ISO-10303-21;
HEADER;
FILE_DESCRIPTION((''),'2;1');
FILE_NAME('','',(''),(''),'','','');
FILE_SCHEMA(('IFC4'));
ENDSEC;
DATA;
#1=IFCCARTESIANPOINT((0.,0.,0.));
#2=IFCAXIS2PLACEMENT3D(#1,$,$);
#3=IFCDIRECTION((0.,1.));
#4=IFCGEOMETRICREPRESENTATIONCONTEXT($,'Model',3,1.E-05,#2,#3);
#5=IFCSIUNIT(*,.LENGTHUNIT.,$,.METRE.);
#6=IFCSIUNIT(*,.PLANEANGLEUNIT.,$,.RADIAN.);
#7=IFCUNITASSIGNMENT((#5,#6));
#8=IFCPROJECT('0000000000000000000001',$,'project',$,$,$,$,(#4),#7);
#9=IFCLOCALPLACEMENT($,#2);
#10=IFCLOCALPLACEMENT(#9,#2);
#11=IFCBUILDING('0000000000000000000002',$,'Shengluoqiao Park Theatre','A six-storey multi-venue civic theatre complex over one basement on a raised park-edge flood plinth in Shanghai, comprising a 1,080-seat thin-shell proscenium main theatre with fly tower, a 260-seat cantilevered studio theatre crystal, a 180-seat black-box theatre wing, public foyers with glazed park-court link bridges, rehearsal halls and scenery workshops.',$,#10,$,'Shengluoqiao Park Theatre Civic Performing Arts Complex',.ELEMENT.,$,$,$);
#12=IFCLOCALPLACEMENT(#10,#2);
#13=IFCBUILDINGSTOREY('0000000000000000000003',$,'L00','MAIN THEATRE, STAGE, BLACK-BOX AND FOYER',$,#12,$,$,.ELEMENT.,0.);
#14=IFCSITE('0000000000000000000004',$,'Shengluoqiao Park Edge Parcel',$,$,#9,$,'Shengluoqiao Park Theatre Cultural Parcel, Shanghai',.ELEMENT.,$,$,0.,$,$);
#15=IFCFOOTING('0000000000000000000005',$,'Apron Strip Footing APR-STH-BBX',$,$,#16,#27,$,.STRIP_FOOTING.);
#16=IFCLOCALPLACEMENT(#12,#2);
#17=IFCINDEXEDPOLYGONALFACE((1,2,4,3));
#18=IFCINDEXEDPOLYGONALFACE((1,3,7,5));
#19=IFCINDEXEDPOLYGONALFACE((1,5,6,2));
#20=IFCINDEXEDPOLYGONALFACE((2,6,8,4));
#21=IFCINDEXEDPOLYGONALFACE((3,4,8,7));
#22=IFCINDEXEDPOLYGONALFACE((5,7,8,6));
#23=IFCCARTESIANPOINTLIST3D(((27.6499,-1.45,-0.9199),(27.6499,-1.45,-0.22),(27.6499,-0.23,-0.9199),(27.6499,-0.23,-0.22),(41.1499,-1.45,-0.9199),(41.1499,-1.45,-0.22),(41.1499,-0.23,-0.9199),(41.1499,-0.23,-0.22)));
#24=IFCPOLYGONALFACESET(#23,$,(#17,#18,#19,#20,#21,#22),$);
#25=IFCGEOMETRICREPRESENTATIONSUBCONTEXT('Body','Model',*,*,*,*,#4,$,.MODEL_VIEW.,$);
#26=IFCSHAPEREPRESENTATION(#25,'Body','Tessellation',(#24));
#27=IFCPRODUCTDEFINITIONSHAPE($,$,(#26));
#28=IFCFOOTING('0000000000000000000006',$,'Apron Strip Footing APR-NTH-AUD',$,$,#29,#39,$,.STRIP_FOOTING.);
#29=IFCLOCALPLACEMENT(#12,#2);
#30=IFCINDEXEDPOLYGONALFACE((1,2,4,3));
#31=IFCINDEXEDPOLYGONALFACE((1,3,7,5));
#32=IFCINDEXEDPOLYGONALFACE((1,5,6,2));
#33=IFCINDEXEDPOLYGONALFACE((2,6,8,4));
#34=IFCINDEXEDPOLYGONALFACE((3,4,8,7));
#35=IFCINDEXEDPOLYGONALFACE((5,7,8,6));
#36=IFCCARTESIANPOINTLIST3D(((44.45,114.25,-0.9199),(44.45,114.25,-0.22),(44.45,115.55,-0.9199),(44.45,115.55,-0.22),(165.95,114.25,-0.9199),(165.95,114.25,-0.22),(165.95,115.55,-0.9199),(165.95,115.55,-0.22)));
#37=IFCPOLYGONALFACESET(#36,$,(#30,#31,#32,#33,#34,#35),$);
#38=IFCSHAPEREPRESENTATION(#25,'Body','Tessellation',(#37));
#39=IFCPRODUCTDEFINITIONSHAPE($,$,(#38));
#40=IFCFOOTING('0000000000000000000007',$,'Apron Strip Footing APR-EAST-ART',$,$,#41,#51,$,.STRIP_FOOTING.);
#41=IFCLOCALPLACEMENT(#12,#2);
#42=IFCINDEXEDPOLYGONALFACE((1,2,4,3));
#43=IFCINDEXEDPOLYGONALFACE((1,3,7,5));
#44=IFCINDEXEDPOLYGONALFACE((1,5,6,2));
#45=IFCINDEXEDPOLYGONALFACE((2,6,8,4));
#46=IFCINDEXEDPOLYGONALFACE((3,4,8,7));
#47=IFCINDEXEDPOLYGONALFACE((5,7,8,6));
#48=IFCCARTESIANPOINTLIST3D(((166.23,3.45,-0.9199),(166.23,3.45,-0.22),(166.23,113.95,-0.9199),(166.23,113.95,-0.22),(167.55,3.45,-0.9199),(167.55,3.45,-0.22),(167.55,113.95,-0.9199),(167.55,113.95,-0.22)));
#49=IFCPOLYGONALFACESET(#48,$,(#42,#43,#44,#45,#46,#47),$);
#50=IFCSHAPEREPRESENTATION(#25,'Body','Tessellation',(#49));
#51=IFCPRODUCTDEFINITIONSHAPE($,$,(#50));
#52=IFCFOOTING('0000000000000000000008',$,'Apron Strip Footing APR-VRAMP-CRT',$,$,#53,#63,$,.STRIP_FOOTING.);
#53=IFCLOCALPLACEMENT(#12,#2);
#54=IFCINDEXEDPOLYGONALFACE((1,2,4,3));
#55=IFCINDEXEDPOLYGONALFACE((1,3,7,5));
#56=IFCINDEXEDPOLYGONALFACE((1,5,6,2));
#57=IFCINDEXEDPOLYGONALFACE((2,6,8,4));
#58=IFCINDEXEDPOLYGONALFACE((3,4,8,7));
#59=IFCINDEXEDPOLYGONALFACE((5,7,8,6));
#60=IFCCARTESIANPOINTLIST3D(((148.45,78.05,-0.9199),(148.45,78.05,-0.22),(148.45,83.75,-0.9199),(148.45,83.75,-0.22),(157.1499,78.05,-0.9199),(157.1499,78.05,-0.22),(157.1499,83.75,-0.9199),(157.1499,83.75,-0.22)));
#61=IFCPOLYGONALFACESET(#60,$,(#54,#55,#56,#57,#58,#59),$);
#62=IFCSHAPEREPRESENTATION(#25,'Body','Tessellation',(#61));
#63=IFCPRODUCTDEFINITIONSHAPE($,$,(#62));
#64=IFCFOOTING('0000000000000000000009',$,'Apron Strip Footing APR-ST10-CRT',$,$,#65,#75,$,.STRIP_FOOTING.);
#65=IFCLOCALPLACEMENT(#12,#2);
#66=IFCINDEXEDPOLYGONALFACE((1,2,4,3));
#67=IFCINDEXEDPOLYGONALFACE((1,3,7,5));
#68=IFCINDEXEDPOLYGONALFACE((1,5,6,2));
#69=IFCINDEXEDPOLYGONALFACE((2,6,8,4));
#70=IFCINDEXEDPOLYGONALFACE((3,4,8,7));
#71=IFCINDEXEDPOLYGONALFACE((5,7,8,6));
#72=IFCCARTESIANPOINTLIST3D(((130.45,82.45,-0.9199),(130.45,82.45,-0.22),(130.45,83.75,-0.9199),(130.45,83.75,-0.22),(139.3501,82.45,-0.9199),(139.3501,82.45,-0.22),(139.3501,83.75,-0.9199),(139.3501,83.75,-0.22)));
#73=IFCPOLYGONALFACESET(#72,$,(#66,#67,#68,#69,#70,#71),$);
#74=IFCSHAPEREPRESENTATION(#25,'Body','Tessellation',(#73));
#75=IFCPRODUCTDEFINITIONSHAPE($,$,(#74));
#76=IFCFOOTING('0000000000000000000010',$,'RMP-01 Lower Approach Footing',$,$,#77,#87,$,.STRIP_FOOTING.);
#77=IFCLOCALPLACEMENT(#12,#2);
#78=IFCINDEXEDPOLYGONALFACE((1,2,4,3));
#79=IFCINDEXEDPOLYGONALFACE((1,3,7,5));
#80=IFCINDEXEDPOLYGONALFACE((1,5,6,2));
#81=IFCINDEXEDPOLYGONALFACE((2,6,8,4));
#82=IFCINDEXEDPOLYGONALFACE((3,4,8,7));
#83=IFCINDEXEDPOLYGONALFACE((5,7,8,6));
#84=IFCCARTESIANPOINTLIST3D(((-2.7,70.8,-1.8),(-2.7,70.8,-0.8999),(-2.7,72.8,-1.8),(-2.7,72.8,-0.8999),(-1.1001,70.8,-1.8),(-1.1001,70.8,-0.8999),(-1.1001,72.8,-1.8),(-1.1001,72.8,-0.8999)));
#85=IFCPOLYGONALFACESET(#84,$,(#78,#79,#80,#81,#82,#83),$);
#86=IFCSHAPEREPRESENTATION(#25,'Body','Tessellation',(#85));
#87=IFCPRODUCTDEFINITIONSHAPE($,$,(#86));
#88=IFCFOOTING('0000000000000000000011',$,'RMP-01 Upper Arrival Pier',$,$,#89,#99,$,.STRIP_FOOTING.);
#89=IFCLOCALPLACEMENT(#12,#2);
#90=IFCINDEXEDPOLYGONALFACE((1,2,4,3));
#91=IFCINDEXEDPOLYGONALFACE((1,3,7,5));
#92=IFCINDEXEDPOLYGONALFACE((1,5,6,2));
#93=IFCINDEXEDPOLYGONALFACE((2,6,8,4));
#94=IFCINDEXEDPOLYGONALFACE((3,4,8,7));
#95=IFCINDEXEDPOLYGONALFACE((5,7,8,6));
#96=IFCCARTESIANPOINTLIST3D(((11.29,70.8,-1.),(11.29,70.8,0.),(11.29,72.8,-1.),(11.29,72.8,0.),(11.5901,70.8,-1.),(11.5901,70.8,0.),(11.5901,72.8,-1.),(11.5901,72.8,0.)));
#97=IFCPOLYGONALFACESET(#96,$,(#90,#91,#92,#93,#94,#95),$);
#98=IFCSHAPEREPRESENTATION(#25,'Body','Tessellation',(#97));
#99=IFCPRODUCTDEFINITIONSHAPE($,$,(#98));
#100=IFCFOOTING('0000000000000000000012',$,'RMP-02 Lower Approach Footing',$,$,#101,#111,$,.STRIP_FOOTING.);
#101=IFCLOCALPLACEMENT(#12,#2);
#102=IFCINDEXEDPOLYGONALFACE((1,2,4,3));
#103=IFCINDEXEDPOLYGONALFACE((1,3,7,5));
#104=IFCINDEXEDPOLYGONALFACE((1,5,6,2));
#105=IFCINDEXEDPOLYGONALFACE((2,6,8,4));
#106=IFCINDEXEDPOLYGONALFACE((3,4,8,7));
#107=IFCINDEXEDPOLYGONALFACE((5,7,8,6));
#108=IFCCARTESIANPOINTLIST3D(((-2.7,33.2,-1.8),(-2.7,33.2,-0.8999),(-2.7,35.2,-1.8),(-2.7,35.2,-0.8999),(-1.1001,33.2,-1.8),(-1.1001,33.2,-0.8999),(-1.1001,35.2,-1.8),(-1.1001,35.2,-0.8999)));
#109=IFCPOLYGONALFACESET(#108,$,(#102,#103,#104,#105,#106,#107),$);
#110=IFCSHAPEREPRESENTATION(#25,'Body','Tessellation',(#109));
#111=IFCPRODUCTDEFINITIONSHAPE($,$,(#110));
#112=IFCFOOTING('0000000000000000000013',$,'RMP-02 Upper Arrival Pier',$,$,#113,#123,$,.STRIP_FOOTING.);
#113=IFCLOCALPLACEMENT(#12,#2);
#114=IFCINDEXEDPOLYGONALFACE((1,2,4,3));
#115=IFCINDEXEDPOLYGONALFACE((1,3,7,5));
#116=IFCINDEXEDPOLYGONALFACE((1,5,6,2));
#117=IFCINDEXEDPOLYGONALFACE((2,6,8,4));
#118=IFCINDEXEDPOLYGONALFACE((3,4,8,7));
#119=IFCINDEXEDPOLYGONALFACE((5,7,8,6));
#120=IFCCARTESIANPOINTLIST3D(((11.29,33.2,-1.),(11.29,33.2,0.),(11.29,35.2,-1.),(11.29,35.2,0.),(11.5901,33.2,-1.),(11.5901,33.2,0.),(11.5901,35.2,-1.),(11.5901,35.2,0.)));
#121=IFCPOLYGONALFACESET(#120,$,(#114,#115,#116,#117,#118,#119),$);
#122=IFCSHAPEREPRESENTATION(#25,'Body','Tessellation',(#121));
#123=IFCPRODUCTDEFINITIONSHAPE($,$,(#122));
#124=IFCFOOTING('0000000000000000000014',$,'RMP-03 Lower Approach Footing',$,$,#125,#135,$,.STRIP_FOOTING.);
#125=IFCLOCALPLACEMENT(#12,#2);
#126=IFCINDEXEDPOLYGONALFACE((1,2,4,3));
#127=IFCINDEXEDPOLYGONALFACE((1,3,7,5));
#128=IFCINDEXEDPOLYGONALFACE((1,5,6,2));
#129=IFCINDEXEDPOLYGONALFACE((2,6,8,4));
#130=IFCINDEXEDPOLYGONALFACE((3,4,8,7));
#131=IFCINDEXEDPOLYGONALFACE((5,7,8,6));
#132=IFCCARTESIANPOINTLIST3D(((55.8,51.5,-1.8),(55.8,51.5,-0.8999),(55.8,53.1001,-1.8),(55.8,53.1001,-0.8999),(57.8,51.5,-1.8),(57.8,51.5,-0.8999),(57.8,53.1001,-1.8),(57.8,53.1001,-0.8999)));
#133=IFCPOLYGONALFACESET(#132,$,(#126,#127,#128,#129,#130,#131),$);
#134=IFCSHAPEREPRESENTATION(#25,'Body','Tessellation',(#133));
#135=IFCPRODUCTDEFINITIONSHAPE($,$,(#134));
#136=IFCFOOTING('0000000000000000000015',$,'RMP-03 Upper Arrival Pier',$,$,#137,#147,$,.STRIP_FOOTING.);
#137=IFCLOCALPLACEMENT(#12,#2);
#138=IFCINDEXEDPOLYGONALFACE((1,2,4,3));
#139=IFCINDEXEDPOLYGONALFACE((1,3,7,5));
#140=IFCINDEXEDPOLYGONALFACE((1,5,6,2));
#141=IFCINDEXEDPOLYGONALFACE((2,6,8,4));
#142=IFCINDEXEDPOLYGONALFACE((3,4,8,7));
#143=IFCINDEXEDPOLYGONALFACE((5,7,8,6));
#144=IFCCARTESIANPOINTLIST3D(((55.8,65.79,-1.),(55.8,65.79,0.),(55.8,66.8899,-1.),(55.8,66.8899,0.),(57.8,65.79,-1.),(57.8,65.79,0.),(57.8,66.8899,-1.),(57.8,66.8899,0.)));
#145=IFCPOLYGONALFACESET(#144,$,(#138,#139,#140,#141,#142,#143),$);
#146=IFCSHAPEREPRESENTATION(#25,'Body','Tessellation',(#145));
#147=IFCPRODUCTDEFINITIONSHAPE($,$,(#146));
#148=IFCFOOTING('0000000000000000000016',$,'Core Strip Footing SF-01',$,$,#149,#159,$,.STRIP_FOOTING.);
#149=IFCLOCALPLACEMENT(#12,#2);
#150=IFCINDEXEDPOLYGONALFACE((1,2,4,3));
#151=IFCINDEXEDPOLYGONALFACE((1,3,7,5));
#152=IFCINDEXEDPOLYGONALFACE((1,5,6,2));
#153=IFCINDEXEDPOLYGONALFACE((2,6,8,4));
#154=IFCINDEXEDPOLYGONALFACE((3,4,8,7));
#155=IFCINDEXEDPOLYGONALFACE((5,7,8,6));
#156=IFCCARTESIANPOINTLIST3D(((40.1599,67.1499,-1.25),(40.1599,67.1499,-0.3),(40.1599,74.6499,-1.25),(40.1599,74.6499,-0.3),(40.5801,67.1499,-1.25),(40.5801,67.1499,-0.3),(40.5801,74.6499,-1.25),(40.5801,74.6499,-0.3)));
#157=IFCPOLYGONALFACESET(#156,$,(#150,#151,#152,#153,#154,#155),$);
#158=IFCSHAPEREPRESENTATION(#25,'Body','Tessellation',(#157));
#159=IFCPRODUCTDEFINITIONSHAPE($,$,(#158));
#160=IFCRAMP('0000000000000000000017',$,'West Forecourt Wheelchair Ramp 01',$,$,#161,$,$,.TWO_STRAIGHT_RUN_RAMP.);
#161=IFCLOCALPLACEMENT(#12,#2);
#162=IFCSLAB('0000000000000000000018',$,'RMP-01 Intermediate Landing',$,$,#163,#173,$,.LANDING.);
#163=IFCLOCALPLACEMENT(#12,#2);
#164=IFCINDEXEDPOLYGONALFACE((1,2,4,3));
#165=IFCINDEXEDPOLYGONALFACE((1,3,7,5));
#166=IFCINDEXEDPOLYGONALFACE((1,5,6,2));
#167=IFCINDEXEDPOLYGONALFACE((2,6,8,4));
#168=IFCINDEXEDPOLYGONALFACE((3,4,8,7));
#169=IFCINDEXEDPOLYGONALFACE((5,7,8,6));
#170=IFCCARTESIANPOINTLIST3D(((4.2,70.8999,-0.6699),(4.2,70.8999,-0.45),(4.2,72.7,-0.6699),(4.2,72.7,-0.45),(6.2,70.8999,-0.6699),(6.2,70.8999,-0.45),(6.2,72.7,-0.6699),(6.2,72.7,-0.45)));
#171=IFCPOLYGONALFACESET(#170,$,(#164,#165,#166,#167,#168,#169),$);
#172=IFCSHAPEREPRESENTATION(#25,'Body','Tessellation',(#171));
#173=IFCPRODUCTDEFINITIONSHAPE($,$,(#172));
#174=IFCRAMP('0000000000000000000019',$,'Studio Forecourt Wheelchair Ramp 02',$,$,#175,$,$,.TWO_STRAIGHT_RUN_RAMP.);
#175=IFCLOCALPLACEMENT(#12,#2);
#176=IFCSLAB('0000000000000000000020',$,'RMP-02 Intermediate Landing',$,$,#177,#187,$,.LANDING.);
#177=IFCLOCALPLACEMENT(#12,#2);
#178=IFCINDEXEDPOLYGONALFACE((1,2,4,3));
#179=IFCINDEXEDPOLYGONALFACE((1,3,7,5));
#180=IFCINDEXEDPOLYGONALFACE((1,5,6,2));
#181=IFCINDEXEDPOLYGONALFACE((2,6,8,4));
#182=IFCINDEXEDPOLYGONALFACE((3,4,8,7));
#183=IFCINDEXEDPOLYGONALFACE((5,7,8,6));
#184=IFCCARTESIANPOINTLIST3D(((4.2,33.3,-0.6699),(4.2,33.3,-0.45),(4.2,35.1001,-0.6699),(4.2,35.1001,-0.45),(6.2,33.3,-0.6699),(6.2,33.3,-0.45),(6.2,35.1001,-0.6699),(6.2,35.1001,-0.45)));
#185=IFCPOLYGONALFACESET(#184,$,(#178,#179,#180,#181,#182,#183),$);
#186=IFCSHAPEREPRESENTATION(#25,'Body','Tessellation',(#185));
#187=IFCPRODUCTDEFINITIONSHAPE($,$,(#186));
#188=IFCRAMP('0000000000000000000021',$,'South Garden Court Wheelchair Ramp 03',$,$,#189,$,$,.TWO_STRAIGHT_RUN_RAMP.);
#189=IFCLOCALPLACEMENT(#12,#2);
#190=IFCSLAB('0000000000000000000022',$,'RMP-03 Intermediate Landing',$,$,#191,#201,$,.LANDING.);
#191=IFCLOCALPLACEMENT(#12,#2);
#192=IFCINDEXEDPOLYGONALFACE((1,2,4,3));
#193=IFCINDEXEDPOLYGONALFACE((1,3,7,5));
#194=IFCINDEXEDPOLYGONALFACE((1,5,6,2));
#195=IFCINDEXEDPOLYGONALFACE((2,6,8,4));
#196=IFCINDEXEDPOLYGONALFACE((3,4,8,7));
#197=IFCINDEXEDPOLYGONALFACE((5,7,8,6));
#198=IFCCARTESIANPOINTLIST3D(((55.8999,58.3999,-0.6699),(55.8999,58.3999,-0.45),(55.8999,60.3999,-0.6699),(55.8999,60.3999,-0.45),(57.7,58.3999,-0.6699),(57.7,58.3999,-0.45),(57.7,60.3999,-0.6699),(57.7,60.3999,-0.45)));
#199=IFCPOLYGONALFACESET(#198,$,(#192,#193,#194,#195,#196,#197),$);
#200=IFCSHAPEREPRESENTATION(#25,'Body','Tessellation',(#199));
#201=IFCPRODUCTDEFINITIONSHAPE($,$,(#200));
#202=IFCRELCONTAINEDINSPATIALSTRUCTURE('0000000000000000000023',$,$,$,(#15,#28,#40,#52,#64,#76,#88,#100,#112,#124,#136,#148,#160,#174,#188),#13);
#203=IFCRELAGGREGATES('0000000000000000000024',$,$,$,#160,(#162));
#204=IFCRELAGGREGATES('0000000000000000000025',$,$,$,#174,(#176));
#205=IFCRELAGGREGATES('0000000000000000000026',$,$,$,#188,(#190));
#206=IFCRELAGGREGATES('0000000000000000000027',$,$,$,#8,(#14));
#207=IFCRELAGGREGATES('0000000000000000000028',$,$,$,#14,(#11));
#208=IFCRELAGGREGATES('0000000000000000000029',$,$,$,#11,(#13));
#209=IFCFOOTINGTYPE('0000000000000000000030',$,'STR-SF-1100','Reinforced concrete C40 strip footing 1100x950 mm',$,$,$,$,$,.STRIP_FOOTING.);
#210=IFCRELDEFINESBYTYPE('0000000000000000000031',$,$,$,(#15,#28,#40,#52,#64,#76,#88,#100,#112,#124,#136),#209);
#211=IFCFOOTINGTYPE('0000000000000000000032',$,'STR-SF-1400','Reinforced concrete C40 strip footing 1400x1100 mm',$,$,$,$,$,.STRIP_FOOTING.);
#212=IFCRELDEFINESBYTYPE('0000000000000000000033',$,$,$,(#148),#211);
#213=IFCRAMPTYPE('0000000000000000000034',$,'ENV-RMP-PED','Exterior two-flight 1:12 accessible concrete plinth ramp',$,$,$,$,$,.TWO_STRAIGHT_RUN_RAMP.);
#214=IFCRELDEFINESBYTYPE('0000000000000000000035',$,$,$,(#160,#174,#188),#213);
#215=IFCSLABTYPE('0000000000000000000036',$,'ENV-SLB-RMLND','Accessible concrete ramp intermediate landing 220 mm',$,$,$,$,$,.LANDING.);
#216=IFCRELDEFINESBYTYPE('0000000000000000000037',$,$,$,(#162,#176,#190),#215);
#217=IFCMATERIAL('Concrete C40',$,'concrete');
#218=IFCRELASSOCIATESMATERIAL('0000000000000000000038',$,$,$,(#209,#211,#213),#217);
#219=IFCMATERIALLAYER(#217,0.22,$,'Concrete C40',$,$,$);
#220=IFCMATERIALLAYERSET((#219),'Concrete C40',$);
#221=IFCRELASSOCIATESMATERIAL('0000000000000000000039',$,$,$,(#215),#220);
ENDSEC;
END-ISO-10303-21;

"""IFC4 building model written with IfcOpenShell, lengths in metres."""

from ifc_helpers import new_model, si_unit, direction, frame, origin, place, context, subcontext, project, spatial, polyline, outline, extrude, material, layer, layer_set, type_object, element, aggregate, save


model = new_model("IFC4")

# Units and contexts
model_context = context("Model", 3, precision=1e-05, world=origin(), true_north=direction((0.0, 1.0)))
body_context = subcontext(model_context, "Body", "Model", "MODEL_VIEW")
ifc_project = project(units=[si_unit("LENGTHUNIT", "METRE"), si_unit("PLANEANGLEUNIT", "RADIAN")], contexts=[model_context])

# Site, building, storey
site_placement = place(None, origin())
site = spatial("IfcSite", under=ifc_project, at=site_placement, Name="Shengluoqiao Park Edge Parcel", LongName="Shengluoqiao Park Theatre Cultural Parcel, Shanghai", CompositionType="ELEMENT", RefElevation=0.0)
building_placement = place(site_placement, origin())
building = spatial("IfcBuilding", under=site, at=building_placement, Name="Shengluoqiao Park Theatre", Description="A six-storey multi-venue civic theatre complex over one basement on a raised park-edge flood plinth in Shanghai, comprising a 1,080-seat thin-shell proscenium main theatre with fly tower, a 260-seat cantilevered studio theatre crystal, a 180-seat black-box theatre wing, public foyers with glazed park-court link bridges, rehearsal halls and scenery workshops.", LongName="Shengluoqiao Park Theatre Civic Performing Arts Complex", CompositionType="ELEMENT")
storey_placement = place(building_placement, origin())
storey = spatial("IfcBuildingStorey", under=building, at=storey_placement, Name="L00", Description="MAIN THEATRE, STAGE, BLACK-BOX AND FOYER", CompositionType="ELEMENT", Elevation=0.0)

# Footings
ifc_material = material(Name="Concrete C40", Category="concrete")
footing_type_1 = type_object("IfcFootingType", Name="STR-SF-1100", Description="Reinforced concrete C40 strip footing 1100x950 mm", PredefinedType="STRIP_FOOTING", material=ifc_material)
footing_1_placement = place(storey_placement, frame((0.0, 0.0, -0.9199)))
element("IfcFooting", 1, at=footing_1_placement, inside=storey, type_object=footing_type_1, Name="Apron Strip Footing APR-STH-BBX", PredefinedType="STRIP_FOOTING", context=body_context, shape_type="SweptSolid", body=[
    extrude(outline(polyline([(27.6499, -1.45), (41.1499, -1.45), (41.1499, -0.23), (27.6499, -0.23), (27.6499, -1.45)])), origin(), (0.0, 0.0, 1.0), 0.7),
])
footing_2_placement = place(storey_placement, frame((0.0, 0.0, -0.9199)))
element("IfcFooting", 2, at=footing_2_placement, inside=storey, type_object=footing_type_1, Name="Apron Strip Footing APR-NTH-AUD", PredefinedType="STRIP_FOOTING", context=body_context, shape_type="SweptSolid", body=[
    extrude(outline(polyline([(44.45, 114.25), (165.95, 114.25), (165.95, 115.55), (44.45, 115.55), (44.45, 114.25)])), origin(), (0.0, 0.0, 1.0), 0.7),
])
footing_3_placement = place(storey_placement, frame((0.0, 0.0, -0.9199)))
element("IfcFooting", 3, at=footing_3_placement, inside=storey, type_object=footing_type_1, Name="Apron Strip Footing APR-EAST-ART", PredefinedType="STRIP_FOOTING", context=body_context, shape_type="SweptSolid", body=[
    extrude(outline(polyline([(166.23, 3.45), (167.55, 3.45), (167.55, 113.95), (166.23, 113.95), (166.23, 3.45)])), origin(), (0.0, 0.0, 1.0), 0.7),
])
footing_4_placement = place(storey_placement, frame((0.0, 0.0, -0.9199)))
element("IfcFooting", 4, at=footing_4_placement, inside=storey, type_object=footing_type_1, Name="Apron Strip Footing APR-VRAMP-CRT", PredefinedType="STRIP_FOOTING", context=body_context, shape_type="SweptSolid", body=[
    extrude(outline(polyline([(148.45, 78.05), (157.1499, 78.05), (157.1499, 83.75), (148.45, 83.75), (148.45, 78.05)])), origin(), (0.0, 0.0, 1.0), 0.7),
])
footing_5_placement = place(storey_placement, frame((0.0, 0.0, -0.9199)))
element("IfcFooting", 5, at=footing_5_placement, inside=storey, type_object=footing_type_1, Name="Apron Strip Footing APR-ST10-CRT", PredefinedType="STRIP_FOOTING", context=body_context, shape_type="SweptSolid", body=[
    extrude(outline(polyline([(130.45, 82.45), (139.3501, 82.45), (139.3501, 83.75), (130.45, 83.75), (130.45, 82.45)])), origin(), (0.0, 0.0, 1.0), 0.7),
])
footing_6_placement = place(storey_placement, frame((0.0, 0.0, -1.8)))
element("IfcFooting", 6, at=footing_6_placement, inside=storey, type_object=footing_type_1, Name="RMP-01 Lower Approach Footing", PredefinedType="STRIP_FOOTING", context=body_context, shape_type="SweptSolid", body=[
    extrude(outline(polyline([(-2.7, 70.8), (-1.1001, 70.8), (-1.1001, 72.8), (-2.7, 72.8), (-2.7, 70.8)])), origin(), (0.0, 0.0, 1.0), 0.9001),
])
footing_7_placement = place(storey_placement, frame((0.0, 0.0, -1.0)))
element("IfcFooting", 7, at=footing_7_placement, inside=storey, type_object=footing_type_1, Name="RMP-01 Upper Arrival Pier", PredefinedType="STRIP_FOOTING", context=body_context, shape_type="SweptSolid", body=[
    extrude(outline(polyline([(11.5901, 70.8), (11.29, 70.8), (11.29, 72.8), (11.5901, 72.8), (11.5901, 70.8)])), origin(), (0.0, 0.0, 1.0), 1.0),
])
footing_8_placement = place(storey_placement, frame((0.0, 0.0, -1.8)))
element("IfcFooting", 8, at=footing_8_placement, inside=storey, type_object=footing_type_1, Name="RMP-02 Lower Approach Footing", PredefinedType="STRIP_FOOTING", context=body_context, shape_type="SweptSolid", body=[
    extrude(outline(polyline([(-2.7, 33.2), (-1.1001, 33.2), (-1.1001, 35.2), (-2.7, 35.2), (-2.7, 33.2)])), origin(), (0.0, 0.0, 1.0), 0.9001),
])
footing_9_placement = place(storey_placement, frame((0.0, 0.0, -1.0)))
element("IfcFooting", 9, at=footing_9_placement, inside=storey, type_object=footing_type_1, Name="RMP-02 Upper Arrival Pier", PredefinedType="STRIP_FOOTING", context=body_context, shape_type="SweptSolid", body=[
    extrude(outline(polyline([(11.5901, 33.2), (11.29, 33.2), (11.29, 35.2), (11.5901, 35.2), (11.5901, 33.2)])), origin(), (0.0, 0.0, 1.0), 1.0),
])
footing_10_placement = place(storey_placement, frame((0.0, 0.0, -1.8)))
element("IfcFooting", 10, at=footing_10_placement, inside=storey, type_object=footing_type_1, Name="RMP-03 Lower Approach Footing", PredefinedType="STRIP_FOOTING", context=body_context, shape_type="SweptSolid", body=[
    extrude(outline(polyline([(55.8, 51.5), (57.8, 51.5), (57.8, 53.1001), (55.8, 53.1001), (55.8, 51.5)])), origin(), (0.0, 0.0, 1.0), 0.9001),
])
footing_11_placement = place(storey_placement, frame((0.0, 0.0, -1.0)))
element("IfcFooting", 11, at=footing_11_placement, inside=storey, type_object=footing_type_1, Name="RMP-03 Upper Arrival Pier", PredefinedType="STRIP_FOOTING", context=body_context, shape_type="SweptSolid", body=[
    extrude(outline(polyline([(55.8, 65.79), (57.8, 65.79), (57.8, 66.8899), (55.8, 66.8899), (55.8, 65.79)])), origin(), (0.0, 0.0, 1.0), 1.0),
])
footing_type_2 = type_object("IfcFootingType", Name="STR-SF-1400", Description="Reinforced concrete C40 strip footing 1400x1100 mm", PredefinedType="STRIP_FOOTING", material=ifc_material)
footing_12_placement = place(storey_placement, frame((0.0, 0.0, -1.25)))
element("IfcFooting", 12, at=footing_12_placement, inside=storey, type_object=footing_type_2, Name="Core Strip Footing SF-01", PredefinedType="STRIP_FOOTING", context=body_context, shape_type="SweptSolid", body=[
    extrude(outline(polyline([(40.1599, 67.1499), (40.5801, 67.1499), (40.5801, 74.6499), (40.1599, 74.6499), (40.1599, 67.1499)])), origin(), (0.0, 0.0, 1.0), 0.95),
])

# Ramps, slabs
ramp_type = type_object("IfcRampType", Name="ENV-RMP-PED", Description="Exterior two-flight 1:12 accessible concrete plinth ramp", PredefinedType="TWO_STRAIGHT_RUN_RAMP", material=ifc_material)
ramp_1_placement = place(storey_placement, origin())
ramp_1 = element("IfcRamp", 13, at=ramp_1_placement, inside=storey, type_object=ramp_type, Name="West Forecourt Wheelchair Ramp 01", PredefinedType="TWO_STRAIGHT_RUN_RAMP")
ifc_layer_1 = layer(ifc_material, 0.22, Name="Concrete C40")
ifc_layer_set_1 = layer_set([ifc_layer_1], Name="Concrete C40")
slab_type_1 = type_object("IfcSlabType", Name="ENV-SLB-RMLND", Description="Accessible concrete ramp intermediate landing 220 mm", PredefinedType="LANDING", material=ifc_layer_set_1)
slab_1_placement = place(storey_placement, frame((0.0, 0.0, -0.6699)))
slab_1 = element("IfcSlab", 14, at=slab_1_placement, type_object=slab_type_1, Name="RMP-01 Intermediate Landing", PredefinedType="LANDING", context=body_context, shape_type="SweptSolid", body=[
    extrude(outline(polyline([(4.2, 70.8999), (6.2, 70.8999), (6.2, 72.7), (4.2, 72.7), (4.2, 70.8999)])), origin(), (0.0, 0.0, 1.0), 0.22),
])
aggregate(ramp_1, [slab_1])
ramp_2_placement = place(storey_placement, origin())
ramp_2 = element("IfcRamp", 15, at=ramp_2_placement, inside=storey, type_object=ramp_type, Name="Studio Forecourt Wheelchair Ramp 02", PredefinedType="TWO_STRAIGHT_RUN_RAMP")
slab_2_placement = place(storey_placement, frame((0.0, 0.0, -0.6699)))
slab_2 = element("IfcSlab", 16, at=slab_2_placement, type_object=slab_type_1, Name="RMP-02 Intermediate Landing", PredefinedType="LANDING", context=body_context, shape_type="SweptSolid", body=[
    extrude(outline(polyline([(4.2, 33.3), (6.2, 33.3), (6.2, 35.1001), (4.2, 35.1001), (4.2, 33.3)])), origin(), (0.0, 0.0, 1.0), 0.22),
])
aggregate(ramp_2, [slab_2])
ramp_3_placement = place(storey_placement, origin())
ramp_3 = element("IfcRamp", 17, at=ramp_3_placement, inside=storey, type_object=ramp_type, Name="South Garden Court Wheelchair Ramp 03", PredefinedType="TWO_STRAIGHT_RUN_RAMP")
slab_3_placement = place(storey_placement, frame((0.0, 0.0, -0.6699)))
slab_3 = element("IfcSlab", 18, at=slab_3_placement, type_object=slab_type_1, Name="RMP-03 Intermediate Landing", PredefinedType="LANDING", context=body_context, shape_type="SweptSolid", body=[
    extrude(outline(polyline([(55.8999, 58.3999), (57.7, 58.3999), (57.7, 60.3999), (55.8999, 60.3999), (55.8999, 58.3999)])), origin(), (0.0, 0.0, 1.0), 0.22),
])
aggregate(ramp_3, [slab_3])

save(model, "model.ifc")
